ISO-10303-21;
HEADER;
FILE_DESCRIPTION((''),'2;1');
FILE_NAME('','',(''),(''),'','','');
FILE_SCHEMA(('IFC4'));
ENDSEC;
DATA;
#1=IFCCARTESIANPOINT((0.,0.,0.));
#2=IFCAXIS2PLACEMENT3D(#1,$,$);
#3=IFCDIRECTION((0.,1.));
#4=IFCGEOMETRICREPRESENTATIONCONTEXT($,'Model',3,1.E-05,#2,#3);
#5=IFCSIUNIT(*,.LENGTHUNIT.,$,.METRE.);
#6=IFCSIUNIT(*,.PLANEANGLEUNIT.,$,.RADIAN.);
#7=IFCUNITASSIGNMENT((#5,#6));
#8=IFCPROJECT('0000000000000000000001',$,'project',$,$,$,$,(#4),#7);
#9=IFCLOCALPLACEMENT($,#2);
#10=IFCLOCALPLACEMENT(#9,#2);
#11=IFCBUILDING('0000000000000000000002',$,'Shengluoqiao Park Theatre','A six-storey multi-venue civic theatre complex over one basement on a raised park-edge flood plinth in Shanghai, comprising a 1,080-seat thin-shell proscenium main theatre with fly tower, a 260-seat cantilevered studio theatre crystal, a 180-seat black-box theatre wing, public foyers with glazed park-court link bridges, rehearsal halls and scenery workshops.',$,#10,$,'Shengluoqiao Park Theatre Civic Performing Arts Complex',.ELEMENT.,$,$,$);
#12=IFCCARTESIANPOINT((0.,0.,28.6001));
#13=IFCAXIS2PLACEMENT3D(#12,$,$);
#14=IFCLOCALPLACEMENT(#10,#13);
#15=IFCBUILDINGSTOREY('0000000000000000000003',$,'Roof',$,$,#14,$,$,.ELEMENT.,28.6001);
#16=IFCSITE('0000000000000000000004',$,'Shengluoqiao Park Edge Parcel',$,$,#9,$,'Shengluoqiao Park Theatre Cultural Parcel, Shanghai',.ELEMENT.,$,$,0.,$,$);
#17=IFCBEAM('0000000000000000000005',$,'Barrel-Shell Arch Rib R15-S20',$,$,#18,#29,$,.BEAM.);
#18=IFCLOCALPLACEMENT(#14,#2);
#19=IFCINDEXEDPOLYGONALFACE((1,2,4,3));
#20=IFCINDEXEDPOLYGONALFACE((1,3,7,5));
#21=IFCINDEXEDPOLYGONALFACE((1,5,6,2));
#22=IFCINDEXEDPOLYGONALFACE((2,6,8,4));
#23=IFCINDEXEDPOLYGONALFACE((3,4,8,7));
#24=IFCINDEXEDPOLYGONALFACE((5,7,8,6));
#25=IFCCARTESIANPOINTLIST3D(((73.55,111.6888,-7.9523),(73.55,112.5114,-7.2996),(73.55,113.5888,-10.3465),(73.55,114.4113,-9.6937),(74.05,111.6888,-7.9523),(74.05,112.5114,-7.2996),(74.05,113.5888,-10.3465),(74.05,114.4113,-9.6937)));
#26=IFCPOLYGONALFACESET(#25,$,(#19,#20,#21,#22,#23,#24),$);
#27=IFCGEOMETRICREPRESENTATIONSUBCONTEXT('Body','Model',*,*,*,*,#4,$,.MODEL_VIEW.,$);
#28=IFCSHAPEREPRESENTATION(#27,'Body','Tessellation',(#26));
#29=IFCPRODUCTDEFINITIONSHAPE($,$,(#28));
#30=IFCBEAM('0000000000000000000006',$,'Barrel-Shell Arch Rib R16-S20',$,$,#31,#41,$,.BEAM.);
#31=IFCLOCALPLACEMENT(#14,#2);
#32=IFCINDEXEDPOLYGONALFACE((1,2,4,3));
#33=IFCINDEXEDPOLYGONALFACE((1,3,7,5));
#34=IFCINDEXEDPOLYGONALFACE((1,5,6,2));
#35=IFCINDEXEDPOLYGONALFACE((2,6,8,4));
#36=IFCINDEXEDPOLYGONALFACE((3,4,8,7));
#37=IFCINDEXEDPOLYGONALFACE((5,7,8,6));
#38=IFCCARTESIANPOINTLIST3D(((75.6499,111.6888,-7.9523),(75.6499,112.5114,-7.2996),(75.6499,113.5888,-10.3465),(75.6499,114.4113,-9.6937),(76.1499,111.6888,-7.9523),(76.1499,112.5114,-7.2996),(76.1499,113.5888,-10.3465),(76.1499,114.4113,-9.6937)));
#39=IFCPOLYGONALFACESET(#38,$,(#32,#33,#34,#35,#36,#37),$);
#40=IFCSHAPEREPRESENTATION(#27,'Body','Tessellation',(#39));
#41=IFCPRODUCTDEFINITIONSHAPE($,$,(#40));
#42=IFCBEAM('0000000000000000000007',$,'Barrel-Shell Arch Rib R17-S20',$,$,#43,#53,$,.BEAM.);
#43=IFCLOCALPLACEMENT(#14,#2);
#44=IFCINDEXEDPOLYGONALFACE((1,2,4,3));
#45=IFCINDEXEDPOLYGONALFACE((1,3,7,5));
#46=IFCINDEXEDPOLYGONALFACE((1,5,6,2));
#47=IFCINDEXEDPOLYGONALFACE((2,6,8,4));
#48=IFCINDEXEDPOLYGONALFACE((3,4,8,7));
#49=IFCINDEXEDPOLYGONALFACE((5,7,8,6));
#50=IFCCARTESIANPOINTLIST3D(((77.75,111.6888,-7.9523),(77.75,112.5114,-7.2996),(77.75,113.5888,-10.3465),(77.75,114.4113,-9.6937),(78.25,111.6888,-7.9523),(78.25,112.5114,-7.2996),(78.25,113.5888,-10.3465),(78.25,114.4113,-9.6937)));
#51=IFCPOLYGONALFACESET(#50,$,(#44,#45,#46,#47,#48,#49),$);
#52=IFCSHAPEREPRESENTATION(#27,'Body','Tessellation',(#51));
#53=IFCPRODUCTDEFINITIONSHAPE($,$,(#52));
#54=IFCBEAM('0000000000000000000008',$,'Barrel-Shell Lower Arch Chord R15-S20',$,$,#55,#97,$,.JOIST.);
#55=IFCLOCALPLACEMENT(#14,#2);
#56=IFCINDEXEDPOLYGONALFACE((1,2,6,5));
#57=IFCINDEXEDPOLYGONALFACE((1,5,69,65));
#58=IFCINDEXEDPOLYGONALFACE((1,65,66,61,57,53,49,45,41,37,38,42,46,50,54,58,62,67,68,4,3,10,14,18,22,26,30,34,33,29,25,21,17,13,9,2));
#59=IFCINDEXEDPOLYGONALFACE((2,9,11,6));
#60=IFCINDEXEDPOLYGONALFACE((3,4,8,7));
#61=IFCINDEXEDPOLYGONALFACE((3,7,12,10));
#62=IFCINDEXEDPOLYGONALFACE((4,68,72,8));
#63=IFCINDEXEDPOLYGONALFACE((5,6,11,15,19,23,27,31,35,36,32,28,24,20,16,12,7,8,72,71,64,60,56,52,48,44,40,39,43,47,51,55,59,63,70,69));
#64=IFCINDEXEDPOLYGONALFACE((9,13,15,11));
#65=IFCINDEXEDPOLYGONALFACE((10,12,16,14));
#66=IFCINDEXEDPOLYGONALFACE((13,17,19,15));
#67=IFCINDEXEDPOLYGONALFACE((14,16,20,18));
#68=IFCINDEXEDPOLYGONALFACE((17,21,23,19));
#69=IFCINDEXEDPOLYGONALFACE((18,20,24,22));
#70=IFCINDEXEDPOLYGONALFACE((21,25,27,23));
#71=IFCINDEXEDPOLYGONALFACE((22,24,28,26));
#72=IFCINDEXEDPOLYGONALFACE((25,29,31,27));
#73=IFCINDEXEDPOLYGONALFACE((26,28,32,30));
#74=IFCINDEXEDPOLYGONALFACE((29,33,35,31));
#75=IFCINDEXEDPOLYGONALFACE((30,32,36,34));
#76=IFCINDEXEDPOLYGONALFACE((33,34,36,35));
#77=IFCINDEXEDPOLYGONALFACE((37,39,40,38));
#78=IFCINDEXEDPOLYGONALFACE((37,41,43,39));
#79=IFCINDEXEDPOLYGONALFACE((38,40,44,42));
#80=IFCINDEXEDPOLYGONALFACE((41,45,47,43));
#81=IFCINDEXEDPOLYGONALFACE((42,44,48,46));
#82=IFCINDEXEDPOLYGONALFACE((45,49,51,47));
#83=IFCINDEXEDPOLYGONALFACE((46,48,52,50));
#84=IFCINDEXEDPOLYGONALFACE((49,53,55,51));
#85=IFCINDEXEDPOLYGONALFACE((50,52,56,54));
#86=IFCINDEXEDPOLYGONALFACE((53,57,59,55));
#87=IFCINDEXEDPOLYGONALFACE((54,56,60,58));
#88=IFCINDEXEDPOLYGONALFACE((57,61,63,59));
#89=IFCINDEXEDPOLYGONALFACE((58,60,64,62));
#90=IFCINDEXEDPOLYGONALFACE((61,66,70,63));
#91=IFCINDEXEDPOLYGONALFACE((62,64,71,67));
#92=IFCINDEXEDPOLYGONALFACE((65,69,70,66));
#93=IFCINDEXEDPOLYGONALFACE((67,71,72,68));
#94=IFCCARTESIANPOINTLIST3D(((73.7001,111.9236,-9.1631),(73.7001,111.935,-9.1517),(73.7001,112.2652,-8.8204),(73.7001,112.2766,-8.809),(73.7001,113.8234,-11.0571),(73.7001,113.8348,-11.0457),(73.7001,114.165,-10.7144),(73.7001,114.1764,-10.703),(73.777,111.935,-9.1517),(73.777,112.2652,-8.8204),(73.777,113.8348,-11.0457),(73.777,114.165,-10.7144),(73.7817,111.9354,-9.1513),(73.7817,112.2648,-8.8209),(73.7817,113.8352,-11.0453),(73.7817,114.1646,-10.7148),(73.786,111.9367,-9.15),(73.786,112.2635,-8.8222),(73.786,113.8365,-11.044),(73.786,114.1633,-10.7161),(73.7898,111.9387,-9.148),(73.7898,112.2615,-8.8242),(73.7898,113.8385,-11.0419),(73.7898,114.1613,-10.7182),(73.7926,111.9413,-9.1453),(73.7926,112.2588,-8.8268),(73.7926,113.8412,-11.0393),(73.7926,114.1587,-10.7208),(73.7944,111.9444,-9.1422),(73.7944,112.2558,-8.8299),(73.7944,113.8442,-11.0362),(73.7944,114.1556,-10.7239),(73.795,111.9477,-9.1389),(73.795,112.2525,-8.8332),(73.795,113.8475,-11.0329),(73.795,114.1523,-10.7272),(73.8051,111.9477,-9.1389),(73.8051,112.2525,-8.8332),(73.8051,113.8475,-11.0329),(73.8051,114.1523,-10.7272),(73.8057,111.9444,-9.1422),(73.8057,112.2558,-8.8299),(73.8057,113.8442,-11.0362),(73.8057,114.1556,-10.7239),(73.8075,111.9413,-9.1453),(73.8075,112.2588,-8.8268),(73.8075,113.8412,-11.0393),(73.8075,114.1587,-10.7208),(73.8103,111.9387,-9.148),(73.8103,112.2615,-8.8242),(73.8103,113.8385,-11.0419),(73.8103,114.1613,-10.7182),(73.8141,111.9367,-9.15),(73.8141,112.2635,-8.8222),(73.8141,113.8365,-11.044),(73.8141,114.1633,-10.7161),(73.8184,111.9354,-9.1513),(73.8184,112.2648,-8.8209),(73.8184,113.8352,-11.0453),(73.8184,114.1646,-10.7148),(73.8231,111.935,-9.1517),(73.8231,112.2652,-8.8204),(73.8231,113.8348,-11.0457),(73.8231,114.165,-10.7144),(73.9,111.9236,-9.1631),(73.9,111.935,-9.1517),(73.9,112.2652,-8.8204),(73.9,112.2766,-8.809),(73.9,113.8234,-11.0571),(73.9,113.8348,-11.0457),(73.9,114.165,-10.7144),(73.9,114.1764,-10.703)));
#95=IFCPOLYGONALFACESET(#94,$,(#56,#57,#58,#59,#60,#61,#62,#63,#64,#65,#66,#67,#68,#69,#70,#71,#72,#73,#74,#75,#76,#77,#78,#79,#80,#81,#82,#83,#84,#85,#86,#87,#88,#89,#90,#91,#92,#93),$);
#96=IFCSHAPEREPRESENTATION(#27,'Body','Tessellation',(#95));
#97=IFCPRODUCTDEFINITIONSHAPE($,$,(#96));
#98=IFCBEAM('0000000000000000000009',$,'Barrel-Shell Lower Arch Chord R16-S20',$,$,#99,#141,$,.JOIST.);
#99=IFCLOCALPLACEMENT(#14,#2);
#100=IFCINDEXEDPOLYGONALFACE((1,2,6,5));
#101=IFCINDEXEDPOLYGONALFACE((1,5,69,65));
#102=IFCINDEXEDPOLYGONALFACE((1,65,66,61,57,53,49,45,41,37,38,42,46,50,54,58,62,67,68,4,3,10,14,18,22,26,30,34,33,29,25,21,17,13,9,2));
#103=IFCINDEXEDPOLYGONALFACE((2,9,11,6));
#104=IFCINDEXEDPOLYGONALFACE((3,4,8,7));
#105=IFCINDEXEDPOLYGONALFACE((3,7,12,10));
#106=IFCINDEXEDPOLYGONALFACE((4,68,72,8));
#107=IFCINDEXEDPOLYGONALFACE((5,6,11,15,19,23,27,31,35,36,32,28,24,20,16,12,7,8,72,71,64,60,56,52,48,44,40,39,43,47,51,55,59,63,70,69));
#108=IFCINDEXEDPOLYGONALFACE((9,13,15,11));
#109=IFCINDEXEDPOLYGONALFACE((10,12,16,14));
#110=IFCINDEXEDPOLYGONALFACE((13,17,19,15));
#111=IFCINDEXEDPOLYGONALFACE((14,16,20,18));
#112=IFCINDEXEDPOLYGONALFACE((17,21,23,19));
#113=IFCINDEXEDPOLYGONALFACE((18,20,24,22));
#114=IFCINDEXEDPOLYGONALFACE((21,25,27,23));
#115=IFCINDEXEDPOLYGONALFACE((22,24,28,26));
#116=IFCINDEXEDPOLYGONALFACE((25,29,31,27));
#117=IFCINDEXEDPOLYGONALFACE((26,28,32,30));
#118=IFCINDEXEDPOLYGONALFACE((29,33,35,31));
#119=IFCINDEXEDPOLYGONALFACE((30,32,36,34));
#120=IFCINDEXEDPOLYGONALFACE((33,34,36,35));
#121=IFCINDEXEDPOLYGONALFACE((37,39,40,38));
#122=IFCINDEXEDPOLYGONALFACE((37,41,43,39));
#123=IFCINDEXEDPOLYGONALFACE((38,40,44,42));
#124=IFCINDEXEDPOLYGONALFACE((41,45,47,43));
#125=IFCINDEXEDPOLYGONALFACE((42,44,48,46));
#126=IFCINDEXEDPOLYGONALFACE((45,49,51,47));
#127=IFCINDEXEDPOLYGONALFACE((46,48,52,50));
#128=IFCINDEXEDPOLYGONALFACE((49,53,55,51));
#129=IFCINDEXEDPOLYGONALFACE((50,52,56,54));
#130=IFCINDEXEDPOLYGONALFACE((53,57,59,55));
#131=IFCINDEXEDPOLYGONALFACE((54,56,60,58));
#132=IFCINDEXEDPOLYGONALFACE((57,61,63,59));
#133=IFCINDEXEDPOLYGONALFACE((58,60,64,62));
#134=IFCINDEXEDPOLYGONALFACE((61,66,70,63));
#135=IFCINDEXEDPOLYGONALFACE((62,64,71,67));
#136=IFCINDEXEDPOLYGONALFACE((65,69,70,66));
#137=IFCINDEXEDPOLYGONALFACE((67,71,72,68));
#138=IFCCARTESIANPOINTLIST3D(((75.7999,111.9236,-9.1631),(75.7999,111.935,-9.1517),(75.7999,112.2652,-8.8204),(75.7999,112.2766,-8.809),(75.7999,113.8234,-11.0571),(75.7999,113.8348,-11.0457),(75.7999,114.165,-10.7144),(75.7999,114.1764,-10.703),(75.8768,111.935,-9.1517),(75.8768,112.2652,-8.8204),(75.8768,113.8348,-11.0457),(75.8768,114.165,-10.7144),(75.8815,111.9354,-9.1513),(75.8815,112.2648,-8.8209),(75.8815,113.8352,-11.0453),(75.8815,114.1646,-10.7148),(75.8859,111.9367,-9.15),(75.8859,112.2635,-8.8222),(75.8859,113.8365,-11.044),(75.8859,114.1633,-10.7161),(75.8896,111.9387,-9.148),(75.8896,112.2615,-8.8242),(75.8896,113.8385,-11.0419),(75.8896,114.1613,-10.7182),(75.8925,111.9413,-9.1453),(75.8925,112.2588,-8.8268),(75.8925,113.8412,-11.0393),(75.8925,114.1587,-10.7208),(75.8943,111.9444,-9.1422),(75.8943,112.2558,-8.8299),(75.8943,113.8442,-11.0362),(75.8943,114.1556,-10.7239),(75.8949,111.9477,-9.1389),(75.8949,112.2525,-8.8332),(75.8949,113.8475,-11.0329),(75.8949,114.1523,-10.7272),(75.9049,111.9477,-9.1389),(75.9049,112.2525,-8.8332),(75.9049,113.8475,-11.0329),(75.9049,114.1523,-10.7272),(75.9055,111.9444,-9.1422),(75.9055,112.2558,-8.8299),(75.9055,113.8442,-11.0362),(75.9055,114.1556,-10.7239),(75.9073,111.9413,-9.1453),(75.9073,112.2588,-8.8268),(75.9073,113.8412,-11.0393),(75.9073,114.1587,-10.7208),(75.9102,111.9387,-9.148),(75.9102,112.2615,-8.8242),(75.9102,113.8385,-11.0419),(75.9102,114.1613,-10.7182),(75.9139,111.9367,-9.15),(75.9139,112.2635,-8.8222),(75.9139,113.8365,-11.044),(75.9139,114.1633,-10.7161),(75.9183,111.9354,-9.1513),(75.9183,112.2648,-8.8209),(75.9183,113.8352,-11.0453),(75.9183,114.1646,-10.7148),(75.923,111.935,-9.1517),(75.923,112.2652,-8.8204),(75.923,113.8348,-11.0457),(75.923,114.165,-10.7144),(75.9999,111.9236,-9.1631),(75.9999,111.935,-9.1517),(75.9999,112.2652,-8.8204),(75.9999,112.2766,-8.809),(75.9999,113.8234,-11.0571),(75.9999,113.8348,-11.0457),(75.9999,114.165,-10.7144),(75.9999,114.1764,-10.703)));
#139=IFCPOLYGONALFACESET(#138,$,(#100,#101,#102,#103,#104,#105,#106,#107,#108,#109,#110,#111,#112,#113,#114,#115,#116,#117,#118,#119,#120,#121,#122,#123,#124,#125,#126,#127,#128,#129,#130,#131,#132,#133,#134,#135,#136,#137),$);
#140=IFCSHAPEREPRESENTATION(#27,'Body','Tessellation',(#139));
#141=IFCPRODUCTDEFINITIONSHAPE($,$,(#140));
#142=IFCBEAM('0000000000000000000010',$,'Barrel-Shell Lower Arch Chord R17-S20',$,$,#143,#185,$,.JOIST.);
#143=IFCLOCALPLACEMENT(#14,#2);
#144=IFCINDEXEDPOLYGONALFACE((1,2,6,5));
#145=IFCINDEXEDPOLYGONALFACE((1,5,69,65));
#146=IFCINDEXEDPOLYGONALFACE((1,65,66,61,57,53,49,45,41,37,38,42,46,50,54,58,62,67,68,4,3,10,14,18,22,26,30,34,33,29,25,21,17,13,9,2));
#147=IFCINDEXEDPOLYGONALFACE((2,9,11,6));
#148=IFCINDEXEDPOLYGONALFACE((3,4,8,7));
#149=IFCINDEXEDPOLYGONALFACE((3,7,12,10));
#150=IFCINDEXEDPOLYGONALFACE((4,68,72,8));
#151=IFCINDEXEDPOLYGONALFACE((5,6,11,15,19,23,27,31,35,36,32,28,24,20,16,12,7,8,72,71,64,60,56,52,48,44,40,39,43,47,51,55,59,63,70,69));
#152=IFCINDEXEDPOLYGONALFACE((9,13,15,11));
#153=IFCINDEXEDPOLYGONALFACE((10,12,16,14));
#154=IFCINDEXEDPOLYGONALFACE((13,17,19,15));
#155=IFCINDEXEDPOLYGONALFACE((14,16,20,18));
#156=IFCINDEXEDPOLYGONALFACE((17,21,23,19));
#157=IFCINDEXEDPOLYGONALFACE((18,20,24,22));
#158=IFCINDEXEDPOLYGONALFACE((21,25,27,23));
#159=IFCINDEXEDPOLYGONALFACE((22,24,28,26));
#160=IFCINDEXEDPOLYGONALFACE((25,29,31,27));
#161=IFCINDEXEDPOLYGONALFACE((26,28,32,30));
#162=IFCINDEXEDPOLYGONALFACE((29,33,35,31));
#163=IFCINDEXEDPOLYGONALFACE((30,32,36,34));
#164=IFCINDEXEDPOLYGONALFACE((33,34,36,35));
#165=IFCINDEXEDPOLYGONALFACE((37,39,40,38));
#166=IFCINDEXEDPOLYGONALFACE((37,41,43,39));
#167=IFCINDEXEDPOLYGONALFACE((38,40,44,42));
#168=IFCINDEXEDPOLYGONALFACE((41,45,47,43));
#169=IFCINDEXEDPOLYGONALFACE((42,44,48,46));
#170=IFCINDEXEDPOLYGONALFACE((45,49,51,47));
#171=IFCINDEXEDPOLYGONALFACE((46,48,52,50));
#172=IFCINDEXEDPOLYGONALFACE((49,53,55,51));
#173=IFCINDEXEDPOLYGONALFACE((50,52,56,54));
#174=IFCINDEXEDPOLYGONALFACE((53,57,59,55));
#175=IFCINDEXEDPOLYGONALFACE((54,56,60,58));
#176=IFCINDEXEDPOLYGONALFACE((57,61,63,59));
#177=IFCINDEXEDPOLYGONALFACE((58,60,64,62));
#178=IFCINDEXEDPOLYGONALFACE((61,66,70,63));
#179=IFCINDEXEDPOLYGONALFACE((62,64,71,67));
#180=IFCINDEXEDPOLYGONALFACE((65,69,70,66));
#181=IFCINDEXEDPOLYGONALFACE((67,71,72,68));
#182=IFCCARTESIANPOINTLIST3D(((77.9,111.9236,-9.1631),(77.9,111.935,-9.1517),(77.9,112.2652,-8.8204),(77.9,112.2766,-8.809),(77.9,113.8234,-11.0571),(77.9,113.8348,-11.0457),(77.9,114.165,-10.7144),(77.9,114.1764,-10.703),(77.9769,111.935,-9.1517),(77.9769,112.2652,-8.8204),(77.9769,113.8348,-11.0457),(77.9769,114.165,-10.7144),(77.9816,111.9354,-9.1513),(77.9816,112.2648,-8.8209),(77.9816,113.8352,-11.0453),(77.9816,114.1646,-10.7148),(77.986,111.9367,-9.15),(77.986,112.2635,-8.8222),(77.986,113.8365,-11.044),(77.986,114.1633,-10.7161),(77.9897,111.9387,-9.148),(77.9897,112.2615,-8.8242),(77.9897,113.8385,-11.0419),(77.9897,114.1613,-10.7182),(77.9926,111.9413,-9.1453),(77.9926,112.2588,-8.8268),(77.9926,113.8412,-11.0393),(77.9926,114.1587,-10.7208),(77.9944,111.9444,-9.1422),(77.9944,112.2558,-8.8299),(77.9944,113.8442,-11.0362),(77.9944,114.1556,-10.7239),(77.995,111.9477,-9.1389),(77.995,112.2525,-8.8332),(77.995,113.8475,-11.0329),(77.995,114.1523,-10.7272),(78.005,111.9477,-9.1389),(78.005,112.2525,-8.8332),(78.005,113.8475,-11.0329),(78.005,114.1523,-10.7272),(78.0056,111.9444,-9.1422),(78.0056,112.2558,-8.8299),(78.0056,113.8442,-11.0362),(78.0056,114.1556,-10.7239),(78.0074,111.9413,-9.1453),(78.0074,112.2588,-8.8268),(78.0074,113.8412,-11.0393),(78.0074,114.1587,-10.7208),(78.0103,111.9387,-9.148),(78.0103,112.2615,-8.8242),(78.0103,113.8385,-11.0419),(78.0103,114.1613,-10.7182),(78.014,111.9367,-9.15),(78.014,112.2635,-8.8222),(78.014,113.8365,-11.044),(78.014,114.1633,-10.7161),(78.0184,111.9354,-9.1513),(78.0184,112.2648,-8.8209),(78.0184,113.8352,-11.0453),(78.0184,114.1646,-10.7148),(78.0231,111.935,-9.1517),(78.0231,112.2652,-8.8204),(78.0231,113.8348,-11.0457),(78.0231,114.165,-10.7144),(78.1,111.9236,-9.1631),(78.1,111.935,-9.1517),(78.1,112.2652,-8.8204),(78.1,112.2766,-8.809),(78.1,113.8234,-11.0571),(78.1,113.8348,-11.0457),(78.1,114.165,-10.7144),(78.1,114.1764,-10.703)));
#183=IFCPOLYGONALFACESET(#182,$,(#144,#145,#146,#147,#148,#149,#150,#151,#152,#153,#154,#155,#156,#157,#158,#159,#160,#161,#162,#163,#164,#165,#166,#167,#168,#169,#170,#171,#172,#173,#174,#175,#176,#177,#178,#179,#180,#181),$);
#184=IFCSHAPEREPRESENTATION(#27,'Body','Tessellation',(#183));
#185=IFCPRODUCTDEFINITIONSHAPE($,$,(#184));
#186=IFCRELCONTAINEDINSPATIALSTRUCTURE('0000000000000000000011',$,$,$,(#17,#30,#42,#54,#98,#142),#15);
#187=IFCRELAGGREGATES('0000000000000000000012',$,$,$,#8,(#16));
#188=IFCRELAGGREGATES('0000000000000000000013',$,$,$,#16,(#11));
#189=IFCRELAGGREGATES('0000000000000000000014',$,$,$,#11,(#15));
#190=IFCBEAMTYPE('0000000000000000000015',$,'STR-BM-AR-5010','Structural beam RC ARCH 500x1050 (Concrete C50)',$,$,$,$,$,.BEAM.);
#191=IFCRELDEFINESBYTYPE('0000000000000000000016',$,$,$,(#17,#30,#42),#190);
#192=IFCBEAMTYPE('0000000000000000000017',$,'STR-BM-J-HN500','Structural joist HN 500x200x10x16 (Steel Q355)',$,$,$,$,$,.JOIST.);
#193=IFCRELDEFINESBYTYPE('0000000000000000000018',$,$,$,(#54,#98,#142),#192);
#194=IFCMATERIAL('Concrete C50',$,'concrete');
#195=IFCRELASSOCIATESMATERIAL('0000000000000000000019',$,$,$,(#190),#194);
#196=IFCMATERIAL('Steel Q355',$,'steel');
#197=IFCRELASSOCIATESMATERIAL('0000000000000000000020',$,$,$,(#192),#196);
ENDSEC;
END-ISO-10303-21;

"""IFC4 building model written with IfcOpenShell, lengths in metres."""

from ifc_helpers import new_model, si_unit, direction, frame, origin, origin_2d, place, context, subcontext, project, spatial, rectangle, i_section, extrude, material, material_profile, profile_set, type_object, element, save


model = new_model("IFC4")

# Units and contexts
model_context = context("Model", 3, precision=1e-05, world=origin(), true_north=direction((0.0, 1.0)))
body_context = subcontext(model_context, "Body", "Model", "MODEL_VIEW")
ifc_project = project(units=[si_unit("LENGTHUNIT", "METRE"), si_unit("PLANEANGLEUNIT", "RADIAN")], contexts=[model_context])

# Site, building, storey
site_placement = place(None, origin())
site = spatial("IfcSite", under=ifc_project, at=site_placement, Name="Shengluoqiao Park Edge Parcel", LongName="Shengluoqiao Park Theatre Cultural Parcel, Shanghai", CompositionType="ELEMENT", RefElevation=0.0)
building_placement = place(site_placement, origin())
building = spatial("IfcBuilding", under=site, at=building_placement, Name="Shengluoqiao Park Theatre", Description="A six-storey multi-venue civic theatre complex over one basement on a raised park-edge flood plinth in Shanghai, comprising a 1,080-seat thin-shell proscenium main theatre with fly tower, a 260-seat cantilevered studio theatre crystal, a 180-seat black-box theatre wing, public foyers with glazed park-court link bridges, rehearsal halls and scenery workshops.", LongName="Shengluoqiao Park Theatre Civic Performing Arts Complex", CompositionType="ELEMENT")
storey_placement = place(building_placement, frame((0.0, 0.0, 28.6001)))
storey = spatial("IfcBuildingStorey", under=building, at=storey_placement, Name="Roof", CompositionType="ELEMENT", Elevation=28.6001)

# Beams
ifc_material_1 = material(Name="Concrete C50", Category="concrete")
ifc_material_profile_1 = material_profile(ifc_material_1, rectangle(XDim=0.5, YDim=1.05, at=origin_2d()), Name="RC ARCH 500x1050")
ifc_profile_set_1 = profile_set([ifc_material_profile_1], Name="Concrete C50")
beam_type_1 = type_object("IfcBeamType", Name="STR-BM-AR-5010", Description="Structural beam RC ARCH 500x1050 (Concrete C50)", PredefinedType="BEAM", material=ifc_profile_set_1)
for number, where, z_axis, x_axis, name in (
    (1, (73.8, 112.1001, -7.626), (0.0, 0.621631, -0.78331), (-1.0, 0.0, 0.0), "Barrel-Shell Arch Rib R15-S20"),
    (2, (75.8999, 112.1001, -7.626), (0.0, 0.621631, -0.78331), (-1.0, 0.0, 0.0), "Barrel-Shell Arch Rib R16-S20"),
    (3, (78.0, 112.1001, -7.626), (0.0, 0.621631, -0.78331), (-1.0, 0.0, 0.0), "Barrel-Shell Arch Rib R17-S20"),
):
    element("IfcBeam", number, at=place(storey_placement, frame(where, z_axis=z_axis, x_axis=x_axis)), inside=storey, type_object=beam_type_1, Name=name, PredefinedType="BEAM", context=body_context, shape_type="SweptSolid", body=[
        extrude(rectangle(XDim=0.5, YDim=1.05, at=origin_2d()), origin(), (0.0, 0.0, 1.0), 3.0564),
    ])
ifc_material_2 = material(Name="Steel Q355", Category="steel")
ifc_material_profile_2 = material_profile(ifc_material_2, i_section(OverallWidth=0.2, OverallDepth=0.5, WebThickness=0.01, FlangeThickness=0.0161, FilletRadius=0.0181, at=origin_2d()), Name="HN 500x200x10x16")
ifc_profile_set_2 = profile_set([ifc_material_profile_2], Name="Steel Q355")
beam_type_2 = type_object("IfcBeamType", Name="STR-BM-J-HN500", Description="Structural joist HN 500x200x10x16 (Steel Q355)", PredefinedType="JOIST", material=ifc_profile_set_2)
for number, where, z_axis, x_axis, name in (
    (4, (73.8, 112.1001, -8.9861), (0.0, 0.708198, -0.706014), (-1.0, 0.0, 0.0), "Barrel-Shell Lower Arch Chord R15-S20"),
    (5, (75.8999, 112.1001, -8.9861), (0.0, 0.708198, -0.706014), (-1.0, 0.0, 0.0), "Barrel-Shell Lower Arch Chord R16-S20"),
    (6, (78.0, 112.1001, -8.9861), (0.0, 0.708198, -0.706014), (-1.0, 0.0, 0.0), "Barrel-Shell Lower Arch Chord R17-S20"),
):
    element("IfcBeam", number, at=place(storey_placement, frame(where, z_axis=z_axis, x_axis=x_axis)), inside=storey, type_object=beam_type_2, Name=name, PredefinedType="JOIST", context=body_context, shape_type="SweptSolid", body=[
        extrude(i_section(OverallWidth=0.2, OverallDepth=0.5, WebThickness=0.01, FlangeThickness=0.0161, FilletRadius=0.0181, at=origin_2d()), origin(), (0.0, 0.0, 1.0), 2.6826),
    ])

save(model, "model.ifc")
